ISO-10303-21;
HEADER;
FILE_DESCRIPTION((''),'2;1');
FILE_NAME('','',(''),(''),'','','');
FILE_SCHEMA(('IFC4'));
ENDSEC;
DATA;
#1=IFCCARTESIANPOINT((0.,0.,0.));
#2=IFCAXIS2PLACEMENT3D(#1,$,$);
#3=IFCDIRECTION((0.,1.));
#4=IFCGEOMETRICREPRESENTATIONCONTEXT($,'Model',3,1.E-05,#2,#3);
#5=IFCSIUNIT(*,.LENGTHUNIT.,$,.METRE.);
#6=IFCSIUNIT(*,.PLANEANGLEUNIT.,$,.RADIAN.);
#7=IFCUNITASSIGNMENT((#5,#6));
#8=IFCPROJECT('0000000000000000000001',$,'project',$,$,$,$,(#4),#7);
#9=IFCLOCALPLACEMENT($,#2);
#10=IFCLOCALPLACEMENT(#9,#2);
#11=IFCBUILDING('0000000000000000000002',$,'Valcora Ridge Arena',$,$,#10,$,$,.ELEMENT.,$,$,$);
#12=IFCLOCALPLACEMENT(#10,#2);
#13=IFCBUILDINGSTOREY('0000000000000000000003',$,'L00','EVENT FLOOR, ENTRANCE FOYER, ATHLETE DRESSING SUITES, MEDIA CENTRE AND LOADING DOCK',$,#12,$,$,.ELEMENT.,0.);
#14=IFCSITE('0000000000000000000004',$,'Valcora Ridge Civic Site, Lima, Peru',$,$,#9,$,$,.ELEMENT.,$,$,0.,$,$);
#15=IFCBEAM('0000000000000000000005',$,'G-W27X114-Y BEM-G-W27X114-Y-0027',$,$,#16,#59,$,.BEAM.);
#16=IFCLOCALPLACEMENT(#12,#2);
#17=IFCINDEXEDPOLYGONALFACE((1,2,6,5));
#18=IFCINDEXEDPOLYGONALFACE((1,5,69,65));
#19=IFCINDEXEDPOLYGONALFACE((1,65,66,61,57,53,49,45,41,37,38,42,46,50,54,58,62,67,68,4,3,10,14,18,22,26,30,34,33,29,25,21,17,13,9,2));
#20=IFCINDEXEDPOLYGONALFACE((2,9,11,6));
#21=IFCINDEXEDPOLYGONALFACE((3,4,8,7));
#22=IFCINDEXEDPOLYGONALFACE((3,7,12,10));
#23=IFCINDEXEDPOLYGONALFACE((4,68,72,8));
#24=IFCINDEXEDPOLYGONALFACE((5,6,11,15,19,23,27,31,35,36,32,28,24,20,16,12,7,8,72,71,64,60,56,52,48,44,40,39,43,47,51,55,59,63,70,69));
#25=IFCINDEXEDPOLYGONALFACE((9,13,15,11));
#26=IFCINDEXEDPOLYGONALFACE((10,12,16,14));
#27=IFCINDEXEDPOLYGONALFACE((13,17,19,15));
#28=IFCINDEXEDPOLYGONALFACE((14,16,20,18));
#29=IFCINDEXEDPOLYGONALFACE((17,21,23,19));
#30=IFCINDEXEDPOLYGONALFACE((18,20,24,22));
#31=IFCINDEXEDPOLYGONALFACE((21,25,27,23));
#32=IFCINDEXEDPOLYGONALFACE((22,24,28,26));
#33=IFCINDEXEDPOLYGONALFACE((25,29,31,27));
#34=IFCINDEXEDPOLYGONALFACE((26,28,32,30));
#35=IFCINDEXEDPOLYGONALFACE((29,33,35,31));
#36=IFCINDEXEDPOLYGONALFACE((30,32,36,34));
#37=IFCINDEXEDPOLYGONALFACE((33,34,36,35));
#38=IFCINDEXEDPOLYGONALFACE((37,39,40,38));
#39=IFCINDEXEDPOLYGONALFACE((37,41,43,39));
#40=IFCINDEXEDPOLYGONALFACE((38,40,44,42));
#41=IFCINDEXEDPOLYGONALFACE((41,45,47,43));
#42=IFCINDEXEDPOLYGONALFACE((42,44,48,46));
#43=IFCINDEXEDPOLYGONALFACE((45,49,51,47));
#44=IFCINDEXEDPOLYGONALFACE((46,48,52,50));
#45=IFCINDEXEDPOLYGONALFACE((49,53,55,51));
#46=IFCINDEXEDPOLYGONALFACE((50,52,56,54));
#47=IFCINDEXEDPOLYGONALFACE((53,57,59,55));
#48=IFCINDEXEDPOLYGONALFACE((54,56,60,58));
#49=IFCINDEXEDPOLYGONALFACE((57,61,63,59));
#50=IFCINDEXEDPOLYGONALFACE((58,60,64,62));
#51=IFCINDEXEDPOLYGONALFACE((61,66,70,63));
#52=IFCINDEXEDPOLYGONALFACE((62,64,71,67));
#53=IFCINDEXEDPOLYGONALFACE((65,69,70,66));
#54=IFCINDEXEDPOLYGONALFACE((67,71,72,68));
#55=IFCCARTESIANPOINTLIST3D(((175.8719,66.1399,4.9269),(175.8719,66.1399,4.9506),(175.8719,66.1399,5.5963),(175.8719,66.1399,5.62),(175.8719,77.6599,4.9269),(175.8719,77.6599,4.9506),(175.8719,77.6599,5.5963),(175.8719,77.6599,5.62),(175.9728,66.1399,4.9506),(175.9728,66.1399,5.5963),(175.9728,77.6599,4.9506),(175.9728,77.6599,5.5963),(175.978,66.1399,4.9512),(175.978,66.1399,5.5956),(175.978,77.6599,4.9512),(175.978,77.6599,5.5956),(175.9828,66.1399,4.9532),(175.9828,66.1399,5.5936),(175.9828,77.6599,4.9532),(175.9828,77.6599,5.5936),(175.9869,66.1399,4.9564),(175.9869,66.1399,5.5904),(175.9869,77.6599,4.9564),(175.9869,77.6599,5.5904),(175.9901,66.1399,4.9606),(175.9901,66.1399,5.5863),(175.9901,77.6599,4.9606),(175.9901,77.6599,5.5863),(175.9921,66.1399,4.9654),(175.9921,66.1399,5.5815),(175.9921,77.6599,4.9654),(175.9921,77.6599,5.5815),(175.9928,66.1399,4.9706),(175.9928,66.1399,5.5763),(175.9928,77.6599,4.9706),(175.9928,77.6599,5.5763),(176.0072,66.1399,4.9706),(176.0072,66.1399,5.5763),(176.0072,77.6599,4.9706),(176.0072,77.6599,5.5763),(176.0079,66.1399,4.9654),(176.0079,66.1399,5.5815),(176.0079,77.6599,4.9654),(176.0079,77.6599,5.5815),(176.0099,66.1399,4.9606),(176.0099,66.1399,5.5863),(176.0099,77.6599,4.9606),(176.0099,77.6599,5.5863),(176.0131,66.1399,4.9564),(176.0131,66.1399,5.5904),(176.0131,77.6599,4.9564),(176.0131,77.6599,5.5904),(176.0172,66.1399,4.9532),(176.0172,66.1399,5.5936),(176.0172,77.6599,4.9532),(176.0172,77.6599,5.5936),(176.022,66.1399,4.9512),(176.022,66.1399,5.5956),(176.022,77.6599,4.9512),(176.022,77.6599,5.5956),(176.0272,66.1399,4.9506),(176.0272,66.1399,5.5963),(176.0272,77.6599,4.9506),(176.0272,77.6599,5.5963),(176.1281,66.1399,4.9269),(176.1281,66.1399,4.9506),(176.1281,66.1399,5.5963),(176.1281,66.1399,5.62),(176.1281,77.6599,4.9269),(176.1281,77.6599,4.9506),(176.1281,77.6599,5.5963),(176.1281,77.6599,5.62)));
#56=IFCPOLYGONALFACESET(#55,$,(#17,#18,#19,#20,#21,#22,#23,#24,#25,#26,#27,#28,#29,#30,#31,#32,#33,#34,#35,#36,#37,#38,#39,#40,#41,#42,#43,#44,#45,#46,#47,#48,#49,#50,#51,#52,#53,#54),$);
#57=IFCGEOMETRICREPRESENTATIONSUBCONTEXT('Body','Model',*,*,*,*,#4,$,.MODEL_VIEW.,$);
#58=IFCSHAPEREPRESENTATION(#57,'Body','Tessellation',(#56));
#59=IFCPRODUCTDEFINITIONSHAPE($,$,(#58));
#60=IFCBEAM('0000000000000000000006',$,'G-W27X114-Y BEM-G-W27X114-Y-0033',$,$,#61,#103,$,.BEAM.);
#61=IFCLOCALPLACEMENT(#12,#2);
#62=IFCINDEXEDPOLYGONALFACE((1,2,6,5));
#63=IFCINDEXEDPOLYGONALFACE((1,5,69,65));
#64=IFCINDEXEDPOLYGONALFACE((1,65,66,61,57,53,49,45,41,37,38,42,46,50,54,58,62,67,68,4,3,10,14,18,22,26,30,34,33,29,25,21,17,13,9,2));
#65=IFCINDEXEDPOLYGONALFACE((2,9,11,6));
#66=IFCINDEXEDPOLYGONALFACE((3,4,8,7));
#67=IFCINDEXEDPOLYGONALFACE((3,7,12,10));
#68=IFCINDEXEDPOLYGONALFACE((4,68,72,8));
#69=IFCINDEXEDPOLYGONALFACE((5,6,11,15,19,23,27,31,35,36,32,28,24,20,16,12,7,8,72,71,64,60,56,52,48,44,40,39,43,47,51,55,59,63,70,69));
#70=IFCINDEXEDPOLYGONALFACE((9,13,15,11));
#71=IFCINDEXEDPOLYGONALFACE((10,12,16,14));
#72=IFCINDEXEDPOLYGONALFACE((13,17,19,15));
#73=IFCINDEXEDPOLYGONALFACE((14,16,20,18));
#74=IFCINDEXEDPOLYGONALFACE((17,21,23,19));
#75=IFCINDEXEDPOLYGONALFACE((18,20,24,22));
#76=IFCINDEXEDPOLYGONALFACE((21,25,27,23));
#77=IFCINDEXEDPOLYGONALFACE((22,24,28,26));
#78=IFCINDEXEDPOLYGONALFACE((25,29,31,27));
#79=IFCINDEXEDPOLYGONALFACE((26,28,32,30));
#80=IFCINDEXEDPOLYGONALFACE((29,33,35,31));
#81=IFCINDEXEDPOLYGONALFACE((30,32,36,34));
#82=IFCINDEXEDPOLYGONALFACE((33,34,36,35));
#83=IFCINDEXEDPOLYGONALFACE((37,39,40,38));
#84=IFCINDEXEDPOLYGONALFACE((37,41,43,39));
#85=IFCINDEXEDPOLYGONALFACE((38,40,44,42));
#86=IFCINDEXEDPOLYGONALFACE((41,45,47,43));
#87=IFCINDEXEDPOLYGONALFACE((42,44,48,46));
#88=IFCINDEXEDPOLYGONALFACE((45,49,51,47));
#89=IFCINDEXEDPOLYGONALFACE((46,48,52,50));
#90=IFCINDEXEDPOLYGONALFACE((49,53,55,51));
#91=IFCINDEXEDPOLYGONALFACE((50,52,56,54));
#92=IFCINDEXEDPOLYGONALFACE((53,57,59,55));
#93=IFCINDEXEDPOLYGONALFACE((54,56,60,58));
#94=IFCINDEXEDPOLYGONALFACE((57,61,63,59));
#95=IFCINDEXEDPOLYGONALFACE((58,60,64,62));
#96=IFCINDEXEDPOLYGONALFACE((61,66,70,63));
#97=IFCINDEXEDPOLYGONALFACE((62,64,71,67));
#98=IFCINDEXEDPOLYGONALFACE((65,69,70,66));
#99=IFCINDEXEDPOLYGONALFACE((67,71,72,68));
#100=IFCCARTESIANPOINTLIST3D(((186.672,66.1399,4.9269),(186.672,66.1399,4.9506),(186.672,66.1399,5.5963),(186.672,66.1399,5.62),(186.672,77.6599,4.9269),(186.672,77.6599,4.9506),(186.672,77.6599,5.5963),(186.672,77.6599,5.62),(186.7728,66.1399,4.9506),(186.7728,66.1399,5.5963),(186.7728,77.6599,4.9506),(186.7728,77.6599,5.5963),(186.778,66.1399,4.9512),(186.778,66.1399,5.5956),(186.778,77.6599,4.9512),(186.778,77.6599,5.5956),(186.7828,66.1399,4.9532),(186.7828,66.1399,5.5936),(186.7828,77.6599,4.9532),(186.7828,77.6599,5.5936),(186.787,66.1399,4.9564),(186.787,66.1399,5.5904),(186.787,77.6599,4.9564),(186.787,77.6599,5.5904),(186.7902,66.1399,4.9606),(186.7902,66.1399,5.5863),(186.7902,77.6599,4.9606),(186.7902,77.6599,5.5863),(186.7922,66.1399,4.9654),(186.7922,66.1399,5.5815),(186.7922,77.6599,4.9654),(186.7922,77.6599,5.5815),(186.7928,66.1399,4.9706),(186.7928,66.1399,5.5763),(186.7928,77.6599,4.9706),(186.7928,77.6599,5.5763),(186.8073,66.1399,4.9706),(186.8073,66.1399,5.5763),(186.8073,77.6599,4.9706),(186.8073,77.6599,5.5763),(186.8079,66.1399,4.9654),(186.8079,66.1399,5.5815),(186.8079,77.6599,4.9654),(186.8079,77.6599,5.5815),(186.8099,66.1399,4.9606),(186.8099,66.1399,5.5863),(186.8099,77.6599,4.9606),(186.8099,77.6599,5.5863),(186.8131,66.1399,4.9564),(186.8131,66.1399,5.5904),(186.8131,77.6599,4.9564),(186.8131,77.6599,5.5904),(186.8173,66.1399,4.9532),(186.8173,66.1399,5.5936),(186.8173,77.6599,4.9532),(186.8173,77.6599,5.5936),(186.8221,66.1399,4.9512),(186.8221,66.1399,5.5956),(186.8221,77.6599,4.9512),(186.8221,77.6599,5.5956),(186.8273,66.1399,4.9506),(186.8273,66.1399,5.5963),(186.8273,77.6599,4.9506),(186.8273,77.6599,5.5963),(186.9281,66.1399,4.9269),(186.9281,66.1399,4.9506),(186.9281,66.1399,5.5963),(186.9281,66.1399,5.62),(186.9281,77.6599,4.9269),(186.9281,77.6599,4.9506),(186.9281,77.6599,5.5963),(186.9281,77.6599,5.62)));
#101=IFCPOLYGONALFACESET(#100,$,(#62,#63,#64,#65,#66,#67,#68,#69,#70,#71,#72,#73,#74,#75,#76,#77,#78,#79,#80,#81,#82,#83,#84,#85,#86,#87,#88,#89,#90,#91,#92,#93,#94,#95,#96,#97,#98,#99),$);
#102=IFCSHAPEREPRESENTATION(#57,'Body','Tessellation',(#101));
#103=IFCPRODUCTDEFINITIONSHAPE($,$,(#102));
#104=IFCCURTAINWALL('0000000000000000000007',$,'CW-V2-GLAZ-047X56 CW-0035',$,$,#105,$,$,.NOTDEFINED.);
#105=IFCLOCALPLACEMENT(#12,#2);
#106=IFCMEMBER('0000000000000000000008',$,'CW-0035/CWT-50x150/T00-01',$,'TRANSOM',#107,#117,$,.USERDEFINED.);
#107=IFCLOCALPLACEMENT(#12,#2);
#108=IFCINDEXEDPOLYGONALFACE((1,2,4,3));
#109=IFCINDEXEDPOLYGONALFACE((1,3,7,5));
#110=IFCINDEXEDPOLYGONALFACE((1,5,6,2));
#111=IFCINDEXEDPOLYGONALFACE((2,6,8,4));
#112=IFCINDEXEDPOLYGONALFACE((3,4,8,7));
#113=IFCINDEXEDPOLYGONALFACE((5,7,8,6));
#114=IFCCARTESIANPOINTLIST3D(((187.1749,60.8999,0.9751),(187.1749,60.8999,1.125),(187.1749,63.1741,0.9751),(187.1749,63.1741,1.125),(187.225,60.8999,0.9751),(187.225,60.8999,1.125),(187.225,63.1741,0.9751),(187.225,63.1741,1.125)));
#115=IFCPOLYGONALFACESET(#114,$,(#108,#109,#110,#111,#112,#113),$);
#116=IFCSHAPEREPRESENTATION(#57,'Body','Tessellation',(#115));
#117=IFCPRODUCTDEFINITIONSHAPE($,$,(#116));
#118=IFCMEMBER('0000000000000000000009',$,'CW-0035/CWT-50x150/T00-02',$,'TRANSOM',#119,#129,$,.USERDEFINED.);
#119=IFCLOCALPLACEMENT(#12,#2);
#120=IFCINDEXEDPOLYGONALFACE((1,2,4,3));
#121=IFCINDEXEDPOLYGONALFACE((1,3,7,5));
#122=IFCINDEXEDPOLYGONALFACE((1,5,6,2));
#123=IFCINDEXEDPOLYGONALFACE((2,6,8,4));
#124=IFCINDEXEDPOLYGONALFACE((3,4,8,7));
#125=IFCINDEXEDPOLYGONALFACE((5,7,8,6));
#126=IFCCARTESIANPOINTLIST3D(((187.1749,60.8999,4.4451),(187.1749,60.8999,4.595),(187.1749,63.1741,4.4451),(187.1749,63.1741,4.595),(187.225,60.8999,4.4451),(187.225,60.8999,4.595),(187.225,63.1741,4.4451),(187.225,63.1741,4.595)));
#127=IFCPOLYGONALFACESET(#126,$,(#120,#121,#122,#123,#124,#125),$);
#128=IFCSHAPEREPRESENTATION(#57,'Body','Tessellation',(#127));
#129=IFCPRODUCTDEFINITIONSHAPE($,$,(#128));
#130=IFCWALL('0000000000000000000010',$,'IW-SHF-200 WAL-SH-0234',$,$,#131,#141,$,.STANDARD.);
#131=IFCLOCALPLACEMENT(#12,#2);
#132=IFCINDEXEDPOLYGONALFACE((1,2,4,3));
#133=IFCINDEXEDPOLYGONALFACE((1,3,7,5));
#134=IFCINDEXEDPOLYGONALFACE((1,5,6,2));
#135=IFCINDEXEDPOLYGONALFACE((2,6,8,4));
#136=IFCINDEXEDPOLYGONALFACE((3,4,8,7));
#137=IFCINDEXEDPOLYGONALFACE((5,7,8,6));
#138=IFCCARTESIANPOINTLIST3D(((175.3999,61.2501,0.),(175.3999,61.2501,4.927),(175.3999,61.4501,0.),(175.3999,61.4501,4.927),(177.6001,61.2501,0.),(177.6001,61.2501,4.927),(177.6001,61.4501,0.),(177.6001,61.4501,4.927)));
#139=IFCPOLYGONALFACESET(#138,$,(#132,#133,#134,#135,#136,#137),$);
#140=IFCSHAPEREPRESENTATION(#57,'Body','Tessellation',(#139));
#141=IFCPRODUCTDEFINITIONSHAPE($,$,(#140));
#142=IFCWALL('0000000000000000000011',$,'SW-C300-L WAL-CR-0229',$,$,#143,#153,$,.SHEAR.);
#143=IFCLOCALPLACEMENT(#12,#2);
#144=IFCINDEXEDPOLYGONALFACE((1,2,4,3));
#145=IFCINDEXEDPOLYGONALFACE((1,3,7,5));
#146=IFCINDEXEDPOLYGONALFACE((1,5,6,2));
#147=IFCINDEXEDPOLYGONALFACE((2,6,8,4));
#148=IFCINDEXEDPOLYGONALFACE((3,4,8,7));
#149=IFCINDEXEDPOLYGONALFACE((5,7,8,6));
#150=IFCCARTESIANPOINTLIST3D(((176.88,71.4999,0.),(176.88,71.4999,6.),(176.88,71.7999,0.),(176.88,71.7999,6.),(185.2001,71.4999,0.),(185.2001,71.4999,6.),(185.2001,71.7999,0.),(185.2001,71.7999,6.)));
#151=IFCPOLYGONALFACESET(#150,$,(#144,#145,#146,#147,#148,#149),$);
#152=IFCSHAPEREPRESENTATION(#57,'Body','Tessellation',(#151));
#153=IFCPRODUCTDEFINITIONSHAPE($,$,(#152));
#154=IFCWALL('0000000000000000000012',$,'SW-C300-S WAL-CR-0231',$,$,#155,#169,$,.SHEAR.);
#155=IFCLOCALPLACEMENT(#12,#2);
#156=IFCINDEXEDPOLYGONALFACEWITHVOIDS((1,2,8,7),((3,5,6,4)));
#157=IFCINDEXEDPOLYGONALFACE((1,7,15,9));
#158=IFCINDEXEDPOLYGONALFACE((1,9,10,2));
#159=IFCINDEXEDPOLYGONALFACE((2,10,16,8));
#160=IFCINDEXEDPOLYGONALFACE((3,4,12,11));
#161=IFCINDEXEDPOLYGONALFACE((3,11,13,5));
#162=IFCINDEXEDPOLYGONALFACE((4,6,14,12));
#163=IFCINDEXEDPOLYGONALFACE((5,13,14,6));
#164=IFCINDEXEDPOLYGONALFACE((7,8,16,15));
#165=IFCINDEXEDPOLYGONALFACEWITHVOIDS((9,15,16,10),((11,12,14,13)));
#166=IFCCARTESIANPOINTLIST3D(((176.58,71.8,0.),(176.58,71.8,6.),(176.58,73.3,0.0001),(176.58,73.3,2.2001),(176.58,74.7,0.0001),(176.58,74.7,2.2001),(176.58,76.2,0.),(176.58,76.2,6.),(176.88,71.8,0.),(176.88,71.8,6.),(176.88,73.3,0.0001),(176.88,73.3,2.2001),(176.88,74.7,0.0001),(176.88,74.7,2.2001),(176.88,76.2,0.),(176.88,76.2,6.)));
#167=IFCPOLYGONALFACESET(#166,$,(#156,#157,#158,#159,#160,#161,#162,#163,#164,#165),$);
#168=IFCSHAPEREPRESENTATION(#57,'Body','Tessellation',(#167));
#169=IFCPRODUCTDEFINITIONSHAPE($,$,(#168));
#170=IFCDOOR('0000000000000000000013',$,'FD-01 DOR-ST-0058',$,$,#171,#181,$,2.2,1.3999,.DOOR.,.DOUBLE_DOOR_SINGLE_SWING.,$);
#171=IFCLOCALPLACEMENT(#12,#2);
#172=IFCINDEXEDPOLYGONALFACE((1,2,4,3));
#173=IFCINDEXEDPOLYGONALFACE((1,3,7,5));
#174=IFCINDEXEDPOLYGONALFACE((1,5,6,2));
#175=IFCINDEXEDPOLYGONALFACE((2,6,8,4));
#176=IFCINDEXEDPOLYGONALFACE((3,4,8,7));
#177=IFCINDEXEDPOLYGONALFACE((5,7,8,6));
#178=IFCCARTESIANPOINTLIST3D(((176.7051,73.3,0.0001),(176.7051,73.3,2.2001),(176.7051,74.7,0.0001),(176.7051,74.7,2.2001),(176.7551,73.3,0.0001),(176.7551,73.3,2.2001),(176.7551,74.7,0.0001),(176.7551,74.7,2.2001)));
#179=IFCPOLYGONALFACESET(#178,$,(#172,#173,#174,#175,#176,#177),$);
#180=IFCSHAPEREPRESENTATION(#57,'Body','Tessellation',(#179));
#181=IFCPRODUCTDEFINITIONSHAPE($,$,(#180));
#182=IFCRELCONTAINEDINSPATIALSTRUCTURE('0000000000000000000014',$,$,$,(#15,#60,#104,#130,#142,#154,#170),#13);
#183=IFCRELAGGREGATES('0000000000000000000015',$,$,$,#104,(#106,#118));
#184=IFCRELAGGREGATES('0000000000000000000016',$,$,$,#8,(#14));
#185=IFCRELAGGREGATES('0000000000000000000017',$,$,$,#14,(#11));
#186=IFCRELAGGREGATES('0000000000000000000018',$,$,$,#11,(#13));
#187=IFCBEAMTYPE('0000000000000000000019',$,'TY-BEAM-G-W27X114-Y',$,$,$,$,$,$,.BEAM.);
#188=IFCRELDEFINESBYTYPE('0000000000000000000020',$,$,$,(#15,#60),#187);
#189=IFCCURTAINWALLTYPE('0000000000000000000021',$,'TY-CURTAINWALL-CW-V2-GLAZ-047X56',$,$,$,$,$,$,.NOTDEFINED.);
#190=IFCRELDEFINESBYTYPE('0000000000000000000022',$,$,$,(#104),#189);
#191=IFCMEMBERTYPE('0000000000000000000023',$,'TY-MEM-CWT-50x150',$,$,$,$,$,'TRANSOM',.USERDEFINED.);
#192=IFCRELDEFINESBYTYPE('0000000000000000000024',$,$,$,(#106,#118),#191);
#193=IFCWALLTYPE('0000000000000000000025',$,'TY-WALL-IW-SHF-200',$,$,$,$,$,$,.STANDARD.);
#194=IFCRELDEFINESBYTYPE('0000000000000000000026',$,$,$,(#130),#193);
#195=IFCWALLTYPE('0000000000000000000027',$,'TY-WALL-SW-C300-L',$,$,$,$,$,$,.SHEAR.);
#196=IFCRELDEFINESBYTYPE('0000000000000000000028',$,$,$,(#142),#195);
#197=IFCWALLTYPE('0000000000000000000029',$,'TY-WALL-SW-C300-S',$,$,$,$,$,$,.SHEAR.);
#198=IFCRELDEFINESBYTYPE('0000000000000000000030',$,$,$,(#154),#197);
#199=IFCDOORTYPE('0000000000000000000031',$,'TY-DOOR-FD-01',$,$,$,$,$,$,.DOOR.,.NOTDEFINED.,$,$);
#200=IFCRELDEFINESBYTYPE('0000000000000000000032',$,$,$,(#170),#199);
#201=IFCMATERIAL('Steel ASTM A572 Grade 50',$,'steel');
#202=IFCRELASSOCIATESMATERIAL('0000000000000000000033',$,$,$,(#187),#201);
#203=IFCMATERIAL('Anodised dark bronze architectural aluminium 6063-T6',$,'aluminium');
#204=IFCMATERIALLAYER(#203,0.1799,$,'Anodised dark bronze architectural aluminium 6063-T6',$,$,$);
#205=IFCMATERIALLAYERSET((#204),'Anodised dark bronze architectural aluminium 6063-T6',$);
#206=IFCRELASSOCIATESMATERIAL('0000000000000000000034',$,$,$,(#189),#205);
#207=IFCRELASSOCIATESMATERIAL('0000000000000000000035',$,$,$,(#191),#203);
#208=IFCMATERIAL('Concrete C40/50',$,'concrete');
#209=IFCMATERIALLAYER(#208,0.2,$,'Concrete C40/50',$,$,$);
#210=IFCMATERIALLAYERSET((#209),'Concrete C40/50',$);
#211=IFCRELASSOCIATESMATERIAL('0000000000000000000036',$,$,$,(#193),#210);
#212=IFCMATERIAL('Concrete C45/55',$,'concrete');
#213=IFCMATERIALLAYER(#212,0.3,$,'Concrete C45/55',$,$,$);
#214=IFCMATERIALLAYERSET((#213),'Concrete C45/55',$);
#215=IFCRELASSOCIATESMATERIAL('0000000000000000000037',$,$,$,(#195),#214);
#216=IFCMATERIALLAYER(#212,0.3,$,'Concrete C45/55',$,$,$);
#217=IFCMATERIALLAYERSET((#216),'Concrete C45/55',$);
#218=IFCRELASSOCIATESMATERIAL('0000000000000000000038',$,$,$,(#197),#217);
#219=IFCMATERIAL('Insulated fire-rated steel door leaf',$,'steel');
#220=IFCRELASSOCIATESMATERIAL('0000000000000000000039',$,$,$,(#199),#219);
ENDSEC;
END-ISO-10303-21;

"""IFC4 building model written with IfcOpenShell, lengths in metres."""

from ifc_helpers import new_model, si_unit, direction, frame, frame_2d, origin, origin_2d, place, context, subcontext, project, spatial, rectangle, i_section, extrude, material, layer, layer_set, material_profile, profile_set, type_object, element, fill, aggregate, save


model = new_model("IFC4")

# Units and contexts
model_context = context("Model", 3, precision=1e-05, world=origin(), true_north=direction((0.0, 1.0)))
body_context = subcontext(model_context, "Body", "Model", "MODEL_VIEW")
ifc_project = project(units=[si_unit("LENGTHUNIT", "METRE"), si_unit("PLANEANGLEUNIT", "RADIAN")], contexts=[model_context])

# Site, building, storey
site_placement = place(None, origin())
site = spatial("IfcSite", under=ifc_project, at=site_placement, Name="Valcora Ridge Civic Site, Lima, Peru", CompositionType="ELEMENT", RefElevation=0.0)
building_placement = place(site_placement, origin())
building = spatial("IfcBuilding", under=site, at=building_placement, Name="Valcora Ridge Arena", CompositionType="ELEMENT")
storey_placement = place(building_placement, origin())
storey = spatial("IfcBuildingStorey", under=building, at=storey_placement, Name="L00", Description="EVENT FLOOR, ENTRANCE FOYER, ATHLETE DRESSING SUITES, MEDIA CENTRE AND LOADING DOCK", CompositionType="ELEMENT", Elevation=0.0)

# Shared definitions
ifc_material_1 = material(Name="Concrete C40/50", Category="concrete")

# Shared definitions
ifc_material_2 = material(Name="Steel ASTM A572 Grade 50", Category="steel")

# Beams
ifc_material_profile_1 = material_profile(ifc_material_2, i_section(OverallWidth=0.2561, OverallDepth=0.6931, WebThickness=0.0144, FlangeThickness=0.0237, FilletRadius=0.02, at=origin_2d()), Name="W27X114")
ifc_profile_set_1 = profile_set([ifc_material_profile_1], Name="Steel ASTM A572 Grade 50")
beam_type_1 = type_object("IfcBeamType", Name="TY-BEAM-G-W27X114-Y", PredefinedType="BEAM", material=ifc_profile_set_1)
for number, where, z_axis, x_axis, name in (
    (1, (176.0, 66.1399, 5.2734), (0.0, 1.0, 0.0), (-1.0, 0.0, 0.0), "G-W27X114-Y BEM-G-W27X114-Y-0027"),
    (2, (186.8, 66.1399, 5.2734), (0.0, 1.0, 0.0), (-1.0, 0.0, 0.0), "G-W27X114-Y BEM-G-W27X114-Y-0033"),
):
    element("IfcBeam", number, at=place(storey_placement, frame(where, z_axis=z_axis, x_axis=x_axis)), inside=storey, type_object=beam_type_1, Name=name, PredefinedType="BEAM", context=body_context, shape_type="SweptSolid", body=[
        extrude(i_section(OverallWidth=0.2561, OverallDepth=0.6931, WebThickness=0.0144, FlangeThickness=0.0237, FilletRadius=0.02, at=origin_2d()), origin(), (0.0, 0.0, 1.0), 11.52),
    ])

# Curtain wall, members
ifc_material_3 = material(Name="Anodised dark bronze architectural aluminium 6063-T6", Category="aluminium")
ifc_layer_1 = layer(ifc_material_3, 0.1799, Name="Anodised dark bronze architectural aluminium 6063-T6")
ifc_layer_set_1 = layer_set([ifc_layer_1], Name="Anodised dark bronze architectural aluminium 6063-T6")
curtain_wall_type = type_object("IfcCurtainWallType", Name="TY-CURTAINWALL-CW-V2-GLAZ-047X56", PredefinedType="NOTDEFINED", material=ifc_layer_set_1)
curtain_wall_placement = place(storey_placement, origin())
curtain_wall = element("IfcCurtainWall", 3, at=curtain_wall_placement, inside=storey, type_object=curtain_wall_type, Name="CW-V2-GLAZ-047X56 CW-0035", PredefinedType="NOTDEFINED")
ifc_material_profile_2 = material_profile(ifc_material_3, rectangle(XDim=0.05, YDim=0.1499, at=origin_2d()), Name="ALU TRANSOM 50x150")
ifc_profile_set_2 = profile_set([ifc_material_profile_2], Name="Anodised dark bronze architectural aluminium 6063-T6")
member_type = type_object("IfcMemberType", Name="TY-MEM-CWT-50x150", ElementType="TRANSOM", PredefinedType="USERDEFINED", material=ifc_profile_set_2)
member_1_placement = place(storey_placement, frame((187.2, 60.8999, 1.05), z_axis=(0.0, 1.0, 0.0), x_axis=(-1.0, 0.0, 0.0)))
member_1 = element("IfcMember", 4, at=member_1_placement, type_object=member_type, Name="CW-0035/CWT-50x150/T00-01", ObjectType="TRANSOM", PredefinedType="USERDEFINED", context=body_context, shape_type="SweptSolid", body=[
    extrude(rectangle(XDim=0.05, YDim=0.1499, at=origin_2d()), origin(), (0.0, 0.0, 1.0), 2.2742),
])
member_2_placement = place(storey_placement, frame((187.2, 60.8999, 4.52), z_axis=(0.0, 1.0, 0.0), x_axis=(-1.0, 0.0, 0.0)))
member_2 = element("IfcMember", 5, at=member_2_placement, type_object=member_type, Name="CW-0035/CWT-50x150/T00-02", ObjectType="TRANSOM", PredefinedType="USERDEFINED", context=body_context, shape_type="SweptSolid", body=[
    extrude(rectangle(XDim=0.05, YDim=0.1499, at=origin_2d()), origin(), (0.0, 0.0, 1.0), 2.2742),
])
aggregate(curtain_wall, [member_1, member_2])

# Walls
ifc_layer_2 = layer(ifc_material_1, 0.2, Name="Concrete C40/50")
ifc_layer_set_2 = layer_set([ifc_layer_2], Name="Concrete C40/50")
wall_type_1 = type_object("IfcWallType", Name="TY-WALL-IW-SHF-200", PredefinedType="STANDARD", material=ifc_layer_set_2)
wall_1_placement = place(storey_placement, frame((175.3999, 61.3501, 0.0), z_axis=(0.0, 0.0, 1.0), x_axis=(1.0, 0.0, 0.0)))
element("IfcWall", 6, at=wall_1_placement, inside=storey, type_object=wall_type_1, Name="IW-SHF-200 WAL-SH-0234", PredefinedType="STANDARD", context=body_context, shape_type="SweptSolid", body=[
    extrude(rectangle(XDim=2.2002, YDim=0.2, at=frame_2d((1.1001, 0.0))), origin(), (0.0, 0.0, 1.0), 4.927),
])
ifc_material_4 = material(Name="Concrete C45/55", Category="concrete")
ifc_layer_3 = layer(ifc_material_4, 0.3, Name="Concrete C45/55")
ifc_layer_set_3 = layer_set([ifc_layer_3], Name="Concrete C45/55")
wall_type_2 = type_object("IfcWallType", Name="TY-WALL-SW-C300-L", PredefinedType="SHEAR", material=ifc_layer_set_3)
wall_2_placement = place(storey_placement, frame((176.8799, 71.6499, 0.0), z_axis=(0.0, 0.0, 1.0), x_axis=(1.0, 0.0, 0.0)))
element("IfcWall", 7, at=wall_2_placement, inside=storey, type_object=wall_type_2, Name="SW-C300-L WAL-CR-0229", PredefinedType="SHEAR", context=body_context, shape_type="SweptSolid", body=[
    extrude(rectangle(XDim=8.3201, YDim=0.3, at=frame_2d((4.1602, 0.0))), origin(), (0.0, 0.0, 1.0), 6.0),
])

# Wall, opening, door
ifc_layer_4 = layer(ifc_material_4, 0.3, Name="Concrete C45/55")
ifc_layer_set_4 = layer_set([ifc_layer_4], Name="Concrete C45/55")
wall_type_3 = type_object("IfcWallType", Name="TY-WALL-SW-C300-S", PredefinedType="SHEAR", material=ifc_layer_set_4)
wall_3_placement = place(storey_placement, frame((176.73, 71.8, 0.0), z_axis=(0.0, 0.0, 1.0), x_axis=(0.0, 1.0, 0.0)))
wall_3 = element("IfcWall", 8, at=wall_3_placement, inside=storey, type_object=wall_type_3, Name="SW-C300-S WAL-CR-0231", PredefinedType="SHEAR", context=body_context, shape_type="SweptSolid", body=[
    extrude(rectangle(XDim=4.3999, YDim=0.3, at=frame_2d((2.2, 0.0))), origin(), (0.0, 0.0, 1.0), 6.0),
])
opening_placement = place(wall_3_placement, frame((1.5, 0.0, 0.0)))
opening = element("IfcOpeningElement", 9, at=opening_placement, cuts=wall_3, PredefinedType="OPENING", context=body_context, shape_type="SweptSolid", body=[
    extrude(rectangle(XDim=1.3999, YDim=2.2, at=frame_2d((0.7, 1.1001))), frame((0.0, 0.1599, 0.0), z_axis=(0.0, -1.0, 0.0), x_axis=(1.0, 0.0, 0.0)), (0.0, 0.0, 1.0), 0.3201),
])
ifc_material_5 = material(Name="Insulated fire-rated steel door leaf", Category="steel")
door_type = type_object("IfcDoorType", Name="TY-DOOR-FD-01", OperationType="NOTDEFINED", PredefinedType="DOOR", material=ifc_material_5)
door_placement = place(opening_placement, origin())
door = element("IfcDoor", 10, at=door_placement, inside=storey, type_object=door_type, Name="FD-01 DOR-ST-0058", OperationType="DOUBLE_DOOR_SINGLE_SWING", OverallHeight=2.2, OverallWidth=1.3999, PredefinedType="DOOR", context=body_context, shape_type="SweptSolid", body=[
    extrude(rectangle(XDim=1.3999, YDim=2.2, at=frame_2d((0.7, 1.1001))), frame((0.0, 0.0249, 0.0), z_axis=(0.0, -1.0, 0.0), x_axis=(1.0, 0.0, 0.0)), (0.0, 0.0, 1.0), 0.05),
])
fill(opening, door)

save(model, "model.ifc")
